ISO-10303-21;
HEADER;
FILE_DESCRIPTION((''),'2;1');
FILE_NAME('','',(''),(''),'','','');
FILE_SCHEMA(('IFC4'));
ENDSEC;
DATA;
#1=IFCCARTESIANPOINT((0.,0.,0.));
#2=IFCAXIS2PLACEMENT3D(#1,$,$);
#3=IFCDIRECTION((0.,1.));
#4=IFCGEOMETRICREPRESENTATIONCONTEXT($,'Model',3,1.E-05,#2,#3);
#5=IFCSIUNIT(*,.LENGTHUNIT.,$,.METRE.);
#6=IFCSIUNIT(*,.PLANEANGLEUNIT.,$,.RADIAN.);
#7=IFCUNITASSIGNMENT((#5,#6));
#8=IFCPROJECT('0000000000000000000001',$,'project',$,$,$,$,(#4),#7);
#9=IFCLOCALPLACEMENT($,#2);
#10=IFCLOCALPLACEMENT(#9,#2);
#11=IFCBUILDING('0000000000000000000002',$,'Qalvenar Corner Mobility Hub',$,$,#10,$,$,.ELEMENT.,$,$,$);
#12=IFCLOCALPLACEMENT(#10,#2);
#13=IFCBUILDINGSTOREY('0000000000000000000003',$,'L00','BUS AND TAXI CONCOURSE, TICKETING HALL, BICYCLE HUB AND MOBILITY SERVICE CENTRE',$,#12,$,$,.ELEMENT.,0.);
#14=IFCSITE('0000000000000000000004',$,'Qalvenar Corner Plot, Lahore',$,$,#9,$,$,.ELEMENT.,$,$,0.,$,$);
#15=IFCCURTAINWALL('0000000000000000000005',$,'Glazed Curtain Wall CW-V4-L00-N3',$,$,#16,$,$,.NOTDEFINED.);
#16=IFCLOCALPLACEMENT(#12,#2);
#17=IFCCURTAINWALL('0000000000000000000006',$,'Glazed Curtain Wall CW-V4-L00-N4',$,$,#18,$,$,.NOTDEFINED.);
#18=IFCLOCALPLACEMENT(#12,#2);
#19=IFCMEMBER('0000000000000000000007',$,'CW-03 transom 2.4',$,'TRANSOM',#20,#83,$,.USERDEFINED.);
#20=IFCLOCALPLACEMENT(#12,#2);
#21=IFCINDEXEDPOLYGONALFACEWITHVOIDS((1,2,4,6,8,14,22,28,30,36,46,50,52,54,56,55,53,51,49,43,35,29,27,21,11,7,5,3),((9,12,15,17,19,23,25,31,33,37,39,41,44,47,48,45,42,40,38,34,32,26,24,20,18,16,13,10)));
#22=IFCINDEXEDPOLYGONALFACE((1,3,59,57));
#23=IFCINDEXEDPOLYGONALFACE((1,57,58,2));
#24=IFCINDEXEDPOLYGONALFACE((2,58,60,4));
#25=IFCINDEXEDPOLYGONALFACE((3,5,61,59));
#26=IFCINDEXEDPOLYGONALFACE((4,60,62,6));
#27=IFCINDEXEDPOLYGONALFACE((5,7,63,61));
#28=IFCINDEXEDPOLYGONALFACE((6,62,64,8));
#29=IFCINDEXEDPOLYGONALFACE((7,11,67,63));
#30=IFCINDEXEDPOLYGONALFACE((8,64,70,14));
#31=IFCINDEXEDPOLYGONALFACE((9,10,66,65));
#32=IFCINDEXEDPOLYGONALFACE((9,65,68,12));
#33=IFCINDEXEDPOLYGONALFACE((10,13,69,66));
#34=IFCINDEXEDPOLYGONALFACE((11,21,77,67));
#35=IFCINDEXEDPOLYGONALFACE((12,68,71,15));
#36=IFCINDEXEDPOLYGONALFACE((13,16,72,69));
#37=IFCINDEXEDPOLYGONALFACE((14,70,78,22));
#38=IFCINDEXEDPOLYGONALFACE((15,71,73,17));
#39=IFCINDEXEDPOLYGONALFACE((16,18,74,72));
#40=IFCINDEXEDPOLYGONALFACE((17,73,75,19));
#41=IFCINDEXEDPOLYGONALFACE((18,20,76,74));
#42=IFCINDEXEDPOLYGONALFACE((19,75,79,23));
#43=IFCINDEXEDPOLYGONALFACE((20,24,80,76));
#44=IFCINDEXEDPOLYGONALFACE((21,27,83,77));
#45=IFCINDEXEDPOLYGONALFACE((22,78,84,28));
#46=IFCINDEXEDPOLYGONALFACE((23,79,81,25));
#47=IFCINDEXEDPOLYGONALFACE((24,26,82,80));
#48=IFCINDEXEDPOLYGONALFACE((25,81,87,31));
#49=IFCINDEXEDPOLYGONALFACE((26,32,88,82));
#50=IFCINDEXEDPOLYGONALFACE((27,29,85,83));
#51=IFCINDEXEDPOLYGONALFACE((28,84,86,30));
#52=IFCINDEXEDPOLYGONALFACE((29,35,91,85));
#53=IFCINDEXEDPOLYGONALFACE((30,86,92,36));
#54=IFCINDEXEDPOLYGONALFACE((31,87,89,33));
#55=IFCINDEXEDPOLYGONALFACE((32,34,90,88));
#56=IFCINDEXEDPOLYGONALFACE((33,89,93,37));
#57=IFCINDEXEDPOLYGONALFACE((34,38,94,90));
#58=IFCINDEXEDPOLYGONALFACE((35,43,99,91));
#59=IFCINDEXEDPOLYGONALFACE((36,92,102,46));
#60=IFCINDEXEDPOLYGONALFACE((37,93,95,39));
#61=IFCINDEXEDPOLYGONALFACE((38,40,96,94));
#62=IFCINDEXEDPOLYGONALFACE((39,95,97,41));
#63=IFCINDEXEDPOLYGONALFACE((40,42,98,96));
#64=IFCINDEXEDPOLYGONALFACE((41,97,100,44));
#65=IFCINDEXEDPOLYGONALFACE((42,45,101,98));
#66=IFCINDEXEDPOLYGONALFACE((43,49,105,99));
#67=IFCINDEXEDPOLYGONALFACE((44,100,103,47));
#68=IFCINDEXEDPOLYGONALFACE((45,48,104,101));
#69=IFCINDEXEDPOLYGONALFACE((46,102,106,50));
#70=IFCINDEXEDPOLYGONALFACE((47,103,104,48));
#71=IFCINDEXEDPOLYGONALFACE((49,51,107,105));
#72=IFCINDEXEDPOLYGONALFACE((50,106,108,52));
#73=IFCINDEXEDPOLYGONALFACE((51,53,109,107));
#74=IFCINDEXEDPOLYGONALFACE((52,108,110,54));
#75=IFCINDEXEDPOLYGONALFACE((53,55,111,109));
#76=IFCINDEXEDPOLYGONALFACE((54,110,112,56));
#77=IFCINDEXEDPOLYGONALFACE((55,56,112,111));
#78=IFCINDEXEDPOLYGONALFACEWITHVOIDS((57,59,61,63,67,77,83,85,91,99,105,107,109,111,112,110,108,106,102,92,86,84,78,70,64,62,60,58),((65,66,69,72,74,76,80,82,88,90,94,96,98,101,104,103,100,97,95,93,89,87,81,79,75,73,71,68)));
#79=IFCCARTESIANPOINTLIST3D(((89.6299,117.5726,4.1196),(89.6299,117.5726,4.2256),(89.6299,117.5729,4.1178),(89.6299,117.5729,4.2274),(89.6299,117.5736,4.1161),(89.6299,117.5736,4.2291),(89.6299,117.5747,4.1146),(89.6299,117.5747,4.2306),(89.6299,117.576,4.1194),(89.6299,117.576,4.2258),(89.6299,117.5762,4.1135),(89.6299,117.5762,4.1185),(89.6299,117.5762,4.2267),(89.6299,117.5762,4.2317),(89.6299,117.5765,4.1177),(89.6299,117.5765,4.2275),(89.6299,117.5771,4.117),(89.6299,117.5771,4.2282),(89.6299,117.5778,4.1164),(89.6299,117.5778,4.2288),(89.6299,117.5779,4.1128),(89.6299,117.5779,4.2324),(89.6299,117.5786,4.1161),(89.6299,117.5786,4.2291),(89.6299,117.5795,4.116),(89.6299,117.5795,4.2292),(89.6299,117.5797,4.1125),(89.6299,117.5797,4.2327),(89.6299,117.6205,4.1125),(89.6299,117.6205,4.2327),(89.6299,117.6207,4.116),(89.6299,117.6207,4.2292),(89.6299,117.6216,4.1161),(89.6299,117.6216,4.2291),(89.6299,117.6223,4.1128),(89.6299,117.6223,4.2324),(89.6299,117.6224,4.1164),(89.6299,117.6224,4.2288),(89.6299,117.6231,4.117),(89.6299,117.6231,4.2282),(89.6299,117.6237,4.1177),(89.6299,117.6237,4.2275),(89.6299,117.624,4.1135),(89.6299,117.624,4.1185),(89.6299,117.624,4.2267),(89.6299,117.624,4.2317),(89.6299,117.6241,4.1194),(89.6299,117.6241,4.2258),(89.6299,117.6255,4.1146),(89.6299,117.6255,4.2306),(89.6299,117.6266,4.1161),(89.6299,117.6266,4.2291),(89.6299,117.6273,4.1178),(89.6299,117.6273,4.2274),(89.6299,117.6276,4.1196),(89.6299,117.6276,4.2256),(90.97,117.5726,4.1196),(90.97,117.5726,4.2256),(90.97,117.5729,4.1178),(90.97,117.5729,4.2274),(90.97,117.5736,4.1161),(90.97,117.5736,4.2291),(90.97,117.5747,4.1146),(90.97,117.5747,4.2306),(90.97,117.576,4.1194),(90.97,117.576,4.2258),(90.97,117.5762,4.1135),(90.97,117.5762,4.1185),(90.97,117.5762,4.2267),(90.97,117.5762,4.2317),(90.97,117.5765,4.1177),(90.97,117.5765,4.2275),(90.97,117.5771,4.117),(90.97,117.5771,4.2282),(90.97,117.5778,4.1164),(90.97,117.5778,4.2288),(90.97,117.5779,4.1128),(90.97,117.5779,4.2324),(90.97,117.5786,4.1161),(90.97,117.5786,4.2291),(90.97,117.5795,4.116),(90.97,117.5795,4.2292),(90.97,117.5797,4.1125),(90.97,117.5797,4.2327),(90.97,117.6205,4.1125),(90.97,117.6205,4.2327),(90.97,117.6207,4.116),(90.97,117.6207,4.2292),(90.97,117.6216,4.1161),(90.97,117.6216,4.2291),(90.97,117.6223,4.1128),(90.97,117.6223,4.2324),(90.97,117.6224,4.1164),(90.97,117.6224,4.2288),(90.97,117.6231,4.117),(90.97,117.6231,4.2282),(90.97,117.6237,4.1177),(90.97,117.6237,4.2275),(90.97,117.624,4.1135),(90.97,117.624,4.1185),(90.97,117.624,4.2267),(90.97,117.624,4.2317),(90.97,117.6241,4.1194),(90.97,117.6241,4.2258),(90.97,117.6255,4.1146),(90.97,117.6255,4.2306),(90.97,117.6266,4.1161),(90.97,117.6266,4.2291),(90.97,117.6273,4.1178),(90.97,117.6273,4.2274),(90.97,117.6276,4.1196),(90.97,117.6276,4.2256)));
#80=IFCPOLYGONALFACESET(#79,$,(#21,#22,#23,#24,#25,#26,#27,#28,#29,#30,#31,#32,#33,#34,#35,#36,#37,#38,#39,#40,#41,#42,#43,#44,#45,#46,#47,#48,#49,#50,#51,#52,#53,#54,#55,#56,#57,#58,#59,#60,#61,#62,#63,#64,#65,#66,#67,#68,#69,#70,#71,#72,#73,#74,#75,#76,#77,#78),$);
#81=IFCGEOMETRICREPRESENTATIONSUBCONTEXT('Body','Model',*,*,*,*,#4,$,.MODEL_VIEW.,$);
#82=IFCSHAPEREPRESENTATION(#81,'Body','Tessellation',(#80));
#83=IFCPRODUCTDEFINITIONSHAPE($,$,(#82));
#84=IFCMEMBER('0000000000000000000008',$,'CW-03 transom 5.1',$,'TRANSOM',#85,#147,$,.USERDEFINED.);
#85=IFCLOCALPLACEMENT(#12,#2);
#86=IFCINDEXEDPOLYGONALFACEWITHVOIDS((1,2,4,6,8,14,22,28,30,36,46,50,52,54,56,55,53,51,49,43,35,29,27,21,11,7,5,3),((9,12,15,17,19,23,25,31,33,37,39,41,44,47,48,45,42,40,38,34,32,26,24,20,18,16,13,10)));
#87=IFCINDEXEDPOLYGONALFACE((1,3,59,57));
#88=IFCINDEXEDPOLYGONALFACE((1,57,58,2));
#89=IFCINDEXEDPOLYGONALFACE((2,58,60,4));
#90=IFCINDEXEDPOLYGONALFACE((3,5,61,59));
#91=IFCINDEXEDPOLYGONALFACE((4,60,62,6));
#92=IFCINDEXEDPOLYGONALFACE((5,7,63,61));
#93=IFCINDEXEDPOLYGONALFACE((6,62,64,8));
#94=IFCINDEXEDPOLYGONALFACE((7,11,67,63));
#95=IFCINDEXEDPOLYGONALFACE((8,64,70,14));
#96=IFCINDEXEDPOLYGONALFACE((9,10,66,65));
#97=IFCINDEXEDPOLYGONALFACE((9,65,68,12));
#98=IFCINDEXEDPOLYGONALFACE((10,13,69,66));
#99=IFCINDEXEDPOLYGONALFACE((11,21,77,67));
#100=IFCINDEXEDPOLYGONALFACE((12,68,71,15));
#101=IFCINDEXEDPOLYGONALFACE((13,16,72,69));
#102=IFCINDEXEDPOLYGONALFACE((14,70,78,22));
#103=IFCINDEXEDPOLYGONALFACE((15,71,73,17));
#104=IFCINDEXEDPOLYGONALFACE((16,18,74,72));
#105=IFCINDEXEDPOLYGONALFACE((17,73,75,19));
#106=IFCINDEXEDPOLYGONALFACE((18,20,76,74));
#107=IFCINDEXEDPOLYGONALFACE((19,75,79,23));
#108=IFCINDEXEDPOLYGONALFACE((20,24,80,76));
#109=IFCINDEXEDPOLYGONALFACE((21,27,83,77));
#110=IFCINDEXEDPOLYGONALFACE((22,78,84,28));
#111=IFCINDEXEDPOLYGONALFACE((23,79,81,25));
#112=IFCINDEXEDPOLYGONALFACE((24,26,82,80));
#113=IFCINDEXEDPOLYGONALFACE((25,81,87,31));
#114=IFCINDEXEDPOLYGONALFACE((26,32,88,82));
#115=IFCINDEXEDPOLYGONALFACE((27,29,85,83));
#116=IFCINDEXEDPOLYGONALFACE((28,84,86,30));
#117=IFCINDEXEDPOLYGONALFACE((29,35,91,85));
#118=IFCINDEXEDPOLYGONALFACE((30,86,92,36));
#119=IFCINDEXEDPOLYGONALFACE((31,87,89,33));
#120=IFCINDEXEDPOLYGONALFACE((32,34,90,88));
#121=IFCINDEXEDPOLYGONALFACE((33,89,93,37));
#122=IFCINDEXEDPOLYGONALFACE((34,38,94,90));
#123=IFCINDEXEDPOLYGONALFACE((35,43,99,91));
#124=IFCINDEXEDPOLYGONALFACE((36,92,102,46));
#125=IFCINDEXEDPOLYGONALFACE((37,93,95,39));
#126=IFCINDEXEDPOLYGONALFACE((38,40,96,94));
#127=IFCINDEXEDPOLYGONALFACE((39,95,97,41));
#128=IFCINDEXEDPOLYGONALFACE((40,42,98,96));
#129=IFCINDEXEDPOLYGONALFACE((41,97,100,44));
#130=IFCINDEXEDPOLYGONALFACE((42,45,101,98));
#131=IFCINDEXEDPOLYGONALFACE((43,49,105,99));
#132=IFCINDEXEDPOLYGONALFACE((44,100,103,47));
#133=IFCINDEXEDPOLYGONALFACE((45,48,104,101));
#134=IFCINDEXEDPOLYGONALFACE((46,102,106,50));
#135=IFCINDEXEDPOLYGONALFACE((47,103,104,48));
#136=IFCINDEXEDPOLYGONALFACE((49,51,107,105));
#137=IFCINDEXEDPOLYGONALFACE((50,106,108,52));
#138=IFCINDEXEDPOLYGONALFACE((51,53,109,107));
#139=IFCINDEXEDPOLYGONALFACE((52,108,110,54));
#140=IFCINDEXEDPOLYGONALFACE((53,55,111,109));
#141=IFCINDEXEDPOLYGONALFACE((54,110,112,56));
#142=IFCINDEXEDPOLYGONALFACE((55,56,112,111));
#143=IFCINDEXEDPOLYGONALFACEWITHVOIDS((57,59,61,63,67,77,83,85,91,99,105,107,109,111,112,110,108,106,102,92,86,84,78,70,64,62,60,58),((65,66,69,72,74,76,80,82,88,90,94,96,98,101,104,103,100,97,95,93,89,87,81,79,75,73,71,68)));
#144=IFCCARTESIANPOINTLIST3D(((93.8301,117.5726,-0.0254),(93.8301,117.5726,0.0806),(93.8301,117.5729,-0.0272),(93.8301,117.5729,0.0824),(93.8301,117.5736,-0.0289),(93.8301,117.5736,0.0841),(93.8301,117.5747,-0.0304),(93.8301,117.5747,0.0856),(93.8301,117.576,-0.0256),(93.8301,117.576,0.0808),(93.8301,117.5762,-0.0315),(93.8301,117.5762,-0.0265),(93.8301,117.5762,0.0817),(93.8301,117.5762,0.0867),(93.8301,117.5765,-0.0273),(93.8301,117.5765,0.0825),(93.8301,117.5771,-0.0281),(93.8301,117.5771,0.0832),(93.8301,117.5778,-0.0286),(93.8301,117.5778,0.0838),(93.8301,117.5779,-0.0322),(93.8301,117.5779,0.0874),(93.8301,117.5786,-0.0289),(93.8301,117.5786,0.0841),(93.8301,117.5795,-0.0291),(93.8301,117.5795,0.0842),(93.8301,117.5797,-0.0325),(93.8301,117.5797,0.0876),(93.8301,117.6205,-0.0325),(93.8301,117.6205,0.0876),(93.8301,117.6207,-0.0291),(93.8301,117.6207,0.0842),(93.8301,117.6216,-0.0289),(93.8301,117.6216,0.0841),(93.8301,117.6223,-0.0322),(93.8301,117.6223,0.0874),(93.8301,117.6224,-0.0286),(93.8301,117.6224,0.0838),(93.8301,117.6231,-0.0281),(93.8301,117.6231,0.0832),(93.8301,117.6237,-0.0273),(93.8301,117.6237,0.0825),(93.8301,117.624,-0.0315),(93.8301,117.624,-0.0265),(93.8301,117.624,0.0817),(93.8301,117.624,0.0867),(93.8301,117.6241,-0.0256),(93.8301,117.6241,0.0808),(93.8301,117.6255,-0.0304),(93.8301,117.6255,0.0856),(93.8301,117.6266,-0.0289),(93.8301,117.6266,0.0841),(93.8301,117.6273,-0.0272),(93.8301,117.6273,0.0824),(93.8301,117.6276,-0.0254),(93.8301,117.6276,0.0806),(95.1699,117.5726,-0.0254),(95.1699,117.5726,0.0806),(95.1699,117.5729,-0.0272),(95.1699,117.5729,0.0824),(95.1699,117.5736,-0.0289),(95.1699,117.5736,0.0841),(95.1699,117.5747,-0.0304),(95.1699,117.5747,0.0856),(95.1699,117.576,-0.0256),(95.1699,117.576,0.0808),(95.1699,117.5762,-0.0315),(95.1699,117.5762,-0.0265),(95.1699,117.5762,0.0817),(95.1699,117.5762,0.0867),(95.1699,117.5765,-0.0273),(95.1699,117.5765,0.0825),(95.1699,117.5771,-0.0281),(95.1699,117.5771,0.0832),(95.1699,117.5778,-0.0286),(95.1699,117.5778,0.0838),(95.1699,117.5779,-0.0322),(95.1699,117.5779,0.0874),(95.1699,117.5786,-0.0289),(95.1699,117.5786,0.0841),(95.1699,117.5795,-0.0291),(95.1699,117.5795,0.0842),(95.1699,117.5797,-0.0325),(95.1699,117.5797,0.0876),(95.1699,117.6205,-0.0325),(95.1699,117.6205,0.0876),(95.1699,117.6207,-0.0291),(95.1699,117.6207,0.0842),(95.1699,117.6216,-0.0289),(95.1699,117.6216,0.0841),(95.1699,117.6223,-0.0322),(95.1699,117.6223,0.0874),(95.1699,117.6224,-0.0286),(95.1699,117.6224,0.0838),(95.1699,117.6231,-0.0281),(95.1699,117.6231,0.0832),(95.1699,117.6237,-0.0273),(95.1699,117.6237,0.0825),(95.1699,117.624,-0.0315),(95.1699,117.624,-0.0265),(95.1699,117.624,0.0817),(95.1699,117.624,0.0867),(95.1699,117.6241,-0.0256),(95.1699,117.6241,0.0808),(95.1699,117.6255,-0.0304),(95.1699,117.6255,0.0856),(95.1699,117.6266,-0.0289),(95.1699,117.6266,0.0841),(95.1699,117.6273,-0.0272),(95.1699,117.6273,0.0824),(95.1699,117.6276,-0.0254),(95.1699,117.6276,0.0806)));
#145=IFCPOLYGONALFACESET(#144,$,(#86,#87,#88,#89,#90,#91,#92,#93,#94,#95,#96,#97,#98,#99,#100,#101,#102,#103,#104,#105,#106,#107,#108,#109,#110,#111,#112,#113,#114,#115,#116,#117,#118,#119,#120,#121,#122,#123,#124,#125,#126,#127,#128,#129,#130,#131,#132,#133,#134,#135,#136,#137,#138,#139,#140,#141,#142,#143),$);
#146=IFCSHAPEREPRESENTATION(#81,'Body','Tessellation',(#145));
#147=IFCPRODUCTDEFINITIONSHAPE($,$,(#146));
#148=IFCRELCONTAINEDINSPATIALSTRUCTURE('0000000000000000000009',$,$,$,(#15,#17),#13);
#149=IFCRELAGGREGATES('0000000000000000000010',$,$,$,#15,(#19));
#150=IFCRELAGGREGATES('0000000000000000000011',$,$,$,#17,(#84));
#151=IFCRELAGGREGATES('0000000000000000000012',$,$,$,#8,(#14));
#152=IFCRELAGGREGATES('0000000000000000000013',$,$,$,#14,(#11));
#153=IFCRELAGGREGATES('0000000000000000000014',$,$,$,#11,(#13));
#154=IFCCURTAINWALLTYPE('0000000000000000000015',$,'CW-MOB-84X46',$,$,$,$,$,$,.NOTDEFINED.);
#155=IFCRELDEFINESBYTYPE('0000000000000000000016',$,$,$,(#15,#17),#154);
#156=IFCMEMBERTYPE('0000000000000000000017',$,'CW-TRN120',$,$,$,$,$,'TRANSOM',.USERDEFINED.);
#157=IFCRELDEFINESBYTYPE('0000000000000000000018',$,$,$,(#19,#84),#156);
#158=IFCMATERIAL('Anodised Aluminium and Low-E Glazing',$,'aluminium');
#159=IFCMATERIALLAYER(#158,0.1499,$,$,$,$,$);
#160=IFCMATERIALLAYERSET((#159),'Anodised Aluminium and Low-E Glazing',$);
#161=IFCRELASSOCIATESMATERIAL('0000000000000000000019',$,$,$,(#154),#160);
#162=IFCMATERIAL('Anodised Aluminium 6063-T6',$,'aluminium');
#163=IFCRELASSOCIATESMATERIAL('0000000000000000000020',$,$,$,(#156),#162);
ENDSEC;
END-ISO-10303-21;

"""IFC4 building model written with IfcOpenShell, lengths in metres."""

from ifc_helpers import new_model, si_unit, direction, frame, origin, origin_2d, place, context, subcontext, project, spatial, hollow_rectangle, extrude, material, layer, layer_set, material_profile, profile_set, type_object, element, aggregate, save


model = new_model("IFC4")

# Units and contexts
model_context = context("Model", 3, precision=1e-05, world=origin(), true_north=direction((0.0, 1.0)))
body_context = subcontext(model_context, "Body", "Model", "MODEL_VIEW")
ifc_project = project(units=[si_unit("LENGTHUNIT", "METRE"), si_unit("PLANEANGLEUNIT", "RADIAN")], contexts=[model_context])

# Site, building, storey
site_placement = place(None, origin())
site = spatial("IfcSite", under=ifc_project, at=site_placement, Name="Qalvenar Corner Plot, Lahore", CompositionType="ELEMENT", RefElevation=0.0)
building_placement = place(site_placement, origin())
building = spatial("IfcBuilding", under=site, at=building_placement, Name="Qalvenar Corner Mobility Hub", CompositionType="ELEMENT")
storey_placement = place(building_placement, origin())
storey = spatial("IfcBuildingStorey", under=building, at=storey_placement, Name="L00", Description="BUS AND TAXI CONCOURSE, TICKETING HALL, BICYCLE HUB AND MOBILITY SERVICE CENTRE", CompositionType="ELEMENT", Elevation=0.0)

# Curtain walls
ifc_material_1 = material(Name="Anodised Aluminium and Low-E Glazing", Category="aluminium")
ifc_layer_1 = layer(ifc_material_1, 0.1499)
ifc_layer_set_1 = layer_set([ifc_layer_1], Name="Anodised Aluminium and Low-E Glazing")
curtain_wall_type = type_object("IfcCurtainWallType", Name="CW-MOB-84X46", PredefinedType="NOTDEFINED", material=ifc_layer_set_1)
curtain_wall_1_placement = place(storey_placement, origin())
curtain_wall_1 = element("IfcCurtainWall", 1, at=curtain_wall_1_placement, inside=storey, type_object=curtain_wall_type, Name="Glazed Curtain Wall CW-V4-L00-N3", PredefinedType="NOTDEFINED")
ifc_material_2 = material(Name="Anodised Aluminium 6063-T6", Category="aluminium")
curtain_wall_2_placement = place(storey_placement, origin())
curtain_wall_2 = element("IfcCurtainWall", 2, at=curtain_wall_2_placement, inside=storey, type_object=curtain_wall_type, Name="Glazed Curtain Wall CW-V4-L00-N4", PredefinedType="NOTDEFINED")

# Members
ifc_material_profile_1 = material_profile(ifc_material_2, hollow_rectangle(XDim=0.0549, YDim=0.1201, WallThickness=0.0034, InnerFilletRadius=0.0034, OuterFilletRadius=0.0071, at=origin_2d()), Name="RHS120x55x3.5")
ifc_profile_set_1 = profile_set([ifc_material_profile_1], Name="Anodised Aluminium 6063-T6")
member_type_1 = type_object("IfcMemberType", Name="CW-TRN120", ElementType="TRANSOM", PredefinedType="USERDEFINED", material=ifc_profile_set_1)
member_1_placement = place(storey_placement, frame((90.97, 117.6001, 4.1726), z_axis=(-1.0, 0.0, 0.0), x_axis=(0.0, -1.0, 0.0)))
member_1 = element("IfcMember", 3, at=member_1_placement, type_object=member_type_1, Name="CW-03 transom 2.4", ObjectType="TRANSOM", PredefinedType="USERDEFINED", context=body_context, shape_type="SweptSolid", body=[
    extrude(hollow_rectangle(XDim=0.0549, YDim=0.1201, WallThickness=0.0034, InnerFilletRadius=0.0034, OuterFilletRadius=0.0071, at=origin_2d()), origin(), (0.0, 0.0, 1.0), 1.3401),
])
member_2_placement = place(storey_placement, frame((95.1699, 117.6001, 0.0276), z_axis=(-1.0, 0.0, 0.0), x_axis=(0.0, -1.0, 0.0)))
member_2 = element("IfcMember", 4, at=member_2_placement, type_object=member_type_1, Name="CW-03 transom 5.1", ObjectType="TRANSOM", PredefinedType="USERDEFINED", context=body_context, shape_type="SweptSolid", body=[
    extrude(hollow_rectangle(XDim=0.0549, YDim=0.1201, WallThickness=0.0034, InnerFilletRadius=0.0034, OuterFilletRadius=0.0071, at=origin_2d()), origin(), (0.0, 0.0, 1.0), 1.3398),
])

aggregate(curtain_wall_1, [member_1])
aggregate(curtain_wall_2, [member_2])

save(model, "model.ifc")
